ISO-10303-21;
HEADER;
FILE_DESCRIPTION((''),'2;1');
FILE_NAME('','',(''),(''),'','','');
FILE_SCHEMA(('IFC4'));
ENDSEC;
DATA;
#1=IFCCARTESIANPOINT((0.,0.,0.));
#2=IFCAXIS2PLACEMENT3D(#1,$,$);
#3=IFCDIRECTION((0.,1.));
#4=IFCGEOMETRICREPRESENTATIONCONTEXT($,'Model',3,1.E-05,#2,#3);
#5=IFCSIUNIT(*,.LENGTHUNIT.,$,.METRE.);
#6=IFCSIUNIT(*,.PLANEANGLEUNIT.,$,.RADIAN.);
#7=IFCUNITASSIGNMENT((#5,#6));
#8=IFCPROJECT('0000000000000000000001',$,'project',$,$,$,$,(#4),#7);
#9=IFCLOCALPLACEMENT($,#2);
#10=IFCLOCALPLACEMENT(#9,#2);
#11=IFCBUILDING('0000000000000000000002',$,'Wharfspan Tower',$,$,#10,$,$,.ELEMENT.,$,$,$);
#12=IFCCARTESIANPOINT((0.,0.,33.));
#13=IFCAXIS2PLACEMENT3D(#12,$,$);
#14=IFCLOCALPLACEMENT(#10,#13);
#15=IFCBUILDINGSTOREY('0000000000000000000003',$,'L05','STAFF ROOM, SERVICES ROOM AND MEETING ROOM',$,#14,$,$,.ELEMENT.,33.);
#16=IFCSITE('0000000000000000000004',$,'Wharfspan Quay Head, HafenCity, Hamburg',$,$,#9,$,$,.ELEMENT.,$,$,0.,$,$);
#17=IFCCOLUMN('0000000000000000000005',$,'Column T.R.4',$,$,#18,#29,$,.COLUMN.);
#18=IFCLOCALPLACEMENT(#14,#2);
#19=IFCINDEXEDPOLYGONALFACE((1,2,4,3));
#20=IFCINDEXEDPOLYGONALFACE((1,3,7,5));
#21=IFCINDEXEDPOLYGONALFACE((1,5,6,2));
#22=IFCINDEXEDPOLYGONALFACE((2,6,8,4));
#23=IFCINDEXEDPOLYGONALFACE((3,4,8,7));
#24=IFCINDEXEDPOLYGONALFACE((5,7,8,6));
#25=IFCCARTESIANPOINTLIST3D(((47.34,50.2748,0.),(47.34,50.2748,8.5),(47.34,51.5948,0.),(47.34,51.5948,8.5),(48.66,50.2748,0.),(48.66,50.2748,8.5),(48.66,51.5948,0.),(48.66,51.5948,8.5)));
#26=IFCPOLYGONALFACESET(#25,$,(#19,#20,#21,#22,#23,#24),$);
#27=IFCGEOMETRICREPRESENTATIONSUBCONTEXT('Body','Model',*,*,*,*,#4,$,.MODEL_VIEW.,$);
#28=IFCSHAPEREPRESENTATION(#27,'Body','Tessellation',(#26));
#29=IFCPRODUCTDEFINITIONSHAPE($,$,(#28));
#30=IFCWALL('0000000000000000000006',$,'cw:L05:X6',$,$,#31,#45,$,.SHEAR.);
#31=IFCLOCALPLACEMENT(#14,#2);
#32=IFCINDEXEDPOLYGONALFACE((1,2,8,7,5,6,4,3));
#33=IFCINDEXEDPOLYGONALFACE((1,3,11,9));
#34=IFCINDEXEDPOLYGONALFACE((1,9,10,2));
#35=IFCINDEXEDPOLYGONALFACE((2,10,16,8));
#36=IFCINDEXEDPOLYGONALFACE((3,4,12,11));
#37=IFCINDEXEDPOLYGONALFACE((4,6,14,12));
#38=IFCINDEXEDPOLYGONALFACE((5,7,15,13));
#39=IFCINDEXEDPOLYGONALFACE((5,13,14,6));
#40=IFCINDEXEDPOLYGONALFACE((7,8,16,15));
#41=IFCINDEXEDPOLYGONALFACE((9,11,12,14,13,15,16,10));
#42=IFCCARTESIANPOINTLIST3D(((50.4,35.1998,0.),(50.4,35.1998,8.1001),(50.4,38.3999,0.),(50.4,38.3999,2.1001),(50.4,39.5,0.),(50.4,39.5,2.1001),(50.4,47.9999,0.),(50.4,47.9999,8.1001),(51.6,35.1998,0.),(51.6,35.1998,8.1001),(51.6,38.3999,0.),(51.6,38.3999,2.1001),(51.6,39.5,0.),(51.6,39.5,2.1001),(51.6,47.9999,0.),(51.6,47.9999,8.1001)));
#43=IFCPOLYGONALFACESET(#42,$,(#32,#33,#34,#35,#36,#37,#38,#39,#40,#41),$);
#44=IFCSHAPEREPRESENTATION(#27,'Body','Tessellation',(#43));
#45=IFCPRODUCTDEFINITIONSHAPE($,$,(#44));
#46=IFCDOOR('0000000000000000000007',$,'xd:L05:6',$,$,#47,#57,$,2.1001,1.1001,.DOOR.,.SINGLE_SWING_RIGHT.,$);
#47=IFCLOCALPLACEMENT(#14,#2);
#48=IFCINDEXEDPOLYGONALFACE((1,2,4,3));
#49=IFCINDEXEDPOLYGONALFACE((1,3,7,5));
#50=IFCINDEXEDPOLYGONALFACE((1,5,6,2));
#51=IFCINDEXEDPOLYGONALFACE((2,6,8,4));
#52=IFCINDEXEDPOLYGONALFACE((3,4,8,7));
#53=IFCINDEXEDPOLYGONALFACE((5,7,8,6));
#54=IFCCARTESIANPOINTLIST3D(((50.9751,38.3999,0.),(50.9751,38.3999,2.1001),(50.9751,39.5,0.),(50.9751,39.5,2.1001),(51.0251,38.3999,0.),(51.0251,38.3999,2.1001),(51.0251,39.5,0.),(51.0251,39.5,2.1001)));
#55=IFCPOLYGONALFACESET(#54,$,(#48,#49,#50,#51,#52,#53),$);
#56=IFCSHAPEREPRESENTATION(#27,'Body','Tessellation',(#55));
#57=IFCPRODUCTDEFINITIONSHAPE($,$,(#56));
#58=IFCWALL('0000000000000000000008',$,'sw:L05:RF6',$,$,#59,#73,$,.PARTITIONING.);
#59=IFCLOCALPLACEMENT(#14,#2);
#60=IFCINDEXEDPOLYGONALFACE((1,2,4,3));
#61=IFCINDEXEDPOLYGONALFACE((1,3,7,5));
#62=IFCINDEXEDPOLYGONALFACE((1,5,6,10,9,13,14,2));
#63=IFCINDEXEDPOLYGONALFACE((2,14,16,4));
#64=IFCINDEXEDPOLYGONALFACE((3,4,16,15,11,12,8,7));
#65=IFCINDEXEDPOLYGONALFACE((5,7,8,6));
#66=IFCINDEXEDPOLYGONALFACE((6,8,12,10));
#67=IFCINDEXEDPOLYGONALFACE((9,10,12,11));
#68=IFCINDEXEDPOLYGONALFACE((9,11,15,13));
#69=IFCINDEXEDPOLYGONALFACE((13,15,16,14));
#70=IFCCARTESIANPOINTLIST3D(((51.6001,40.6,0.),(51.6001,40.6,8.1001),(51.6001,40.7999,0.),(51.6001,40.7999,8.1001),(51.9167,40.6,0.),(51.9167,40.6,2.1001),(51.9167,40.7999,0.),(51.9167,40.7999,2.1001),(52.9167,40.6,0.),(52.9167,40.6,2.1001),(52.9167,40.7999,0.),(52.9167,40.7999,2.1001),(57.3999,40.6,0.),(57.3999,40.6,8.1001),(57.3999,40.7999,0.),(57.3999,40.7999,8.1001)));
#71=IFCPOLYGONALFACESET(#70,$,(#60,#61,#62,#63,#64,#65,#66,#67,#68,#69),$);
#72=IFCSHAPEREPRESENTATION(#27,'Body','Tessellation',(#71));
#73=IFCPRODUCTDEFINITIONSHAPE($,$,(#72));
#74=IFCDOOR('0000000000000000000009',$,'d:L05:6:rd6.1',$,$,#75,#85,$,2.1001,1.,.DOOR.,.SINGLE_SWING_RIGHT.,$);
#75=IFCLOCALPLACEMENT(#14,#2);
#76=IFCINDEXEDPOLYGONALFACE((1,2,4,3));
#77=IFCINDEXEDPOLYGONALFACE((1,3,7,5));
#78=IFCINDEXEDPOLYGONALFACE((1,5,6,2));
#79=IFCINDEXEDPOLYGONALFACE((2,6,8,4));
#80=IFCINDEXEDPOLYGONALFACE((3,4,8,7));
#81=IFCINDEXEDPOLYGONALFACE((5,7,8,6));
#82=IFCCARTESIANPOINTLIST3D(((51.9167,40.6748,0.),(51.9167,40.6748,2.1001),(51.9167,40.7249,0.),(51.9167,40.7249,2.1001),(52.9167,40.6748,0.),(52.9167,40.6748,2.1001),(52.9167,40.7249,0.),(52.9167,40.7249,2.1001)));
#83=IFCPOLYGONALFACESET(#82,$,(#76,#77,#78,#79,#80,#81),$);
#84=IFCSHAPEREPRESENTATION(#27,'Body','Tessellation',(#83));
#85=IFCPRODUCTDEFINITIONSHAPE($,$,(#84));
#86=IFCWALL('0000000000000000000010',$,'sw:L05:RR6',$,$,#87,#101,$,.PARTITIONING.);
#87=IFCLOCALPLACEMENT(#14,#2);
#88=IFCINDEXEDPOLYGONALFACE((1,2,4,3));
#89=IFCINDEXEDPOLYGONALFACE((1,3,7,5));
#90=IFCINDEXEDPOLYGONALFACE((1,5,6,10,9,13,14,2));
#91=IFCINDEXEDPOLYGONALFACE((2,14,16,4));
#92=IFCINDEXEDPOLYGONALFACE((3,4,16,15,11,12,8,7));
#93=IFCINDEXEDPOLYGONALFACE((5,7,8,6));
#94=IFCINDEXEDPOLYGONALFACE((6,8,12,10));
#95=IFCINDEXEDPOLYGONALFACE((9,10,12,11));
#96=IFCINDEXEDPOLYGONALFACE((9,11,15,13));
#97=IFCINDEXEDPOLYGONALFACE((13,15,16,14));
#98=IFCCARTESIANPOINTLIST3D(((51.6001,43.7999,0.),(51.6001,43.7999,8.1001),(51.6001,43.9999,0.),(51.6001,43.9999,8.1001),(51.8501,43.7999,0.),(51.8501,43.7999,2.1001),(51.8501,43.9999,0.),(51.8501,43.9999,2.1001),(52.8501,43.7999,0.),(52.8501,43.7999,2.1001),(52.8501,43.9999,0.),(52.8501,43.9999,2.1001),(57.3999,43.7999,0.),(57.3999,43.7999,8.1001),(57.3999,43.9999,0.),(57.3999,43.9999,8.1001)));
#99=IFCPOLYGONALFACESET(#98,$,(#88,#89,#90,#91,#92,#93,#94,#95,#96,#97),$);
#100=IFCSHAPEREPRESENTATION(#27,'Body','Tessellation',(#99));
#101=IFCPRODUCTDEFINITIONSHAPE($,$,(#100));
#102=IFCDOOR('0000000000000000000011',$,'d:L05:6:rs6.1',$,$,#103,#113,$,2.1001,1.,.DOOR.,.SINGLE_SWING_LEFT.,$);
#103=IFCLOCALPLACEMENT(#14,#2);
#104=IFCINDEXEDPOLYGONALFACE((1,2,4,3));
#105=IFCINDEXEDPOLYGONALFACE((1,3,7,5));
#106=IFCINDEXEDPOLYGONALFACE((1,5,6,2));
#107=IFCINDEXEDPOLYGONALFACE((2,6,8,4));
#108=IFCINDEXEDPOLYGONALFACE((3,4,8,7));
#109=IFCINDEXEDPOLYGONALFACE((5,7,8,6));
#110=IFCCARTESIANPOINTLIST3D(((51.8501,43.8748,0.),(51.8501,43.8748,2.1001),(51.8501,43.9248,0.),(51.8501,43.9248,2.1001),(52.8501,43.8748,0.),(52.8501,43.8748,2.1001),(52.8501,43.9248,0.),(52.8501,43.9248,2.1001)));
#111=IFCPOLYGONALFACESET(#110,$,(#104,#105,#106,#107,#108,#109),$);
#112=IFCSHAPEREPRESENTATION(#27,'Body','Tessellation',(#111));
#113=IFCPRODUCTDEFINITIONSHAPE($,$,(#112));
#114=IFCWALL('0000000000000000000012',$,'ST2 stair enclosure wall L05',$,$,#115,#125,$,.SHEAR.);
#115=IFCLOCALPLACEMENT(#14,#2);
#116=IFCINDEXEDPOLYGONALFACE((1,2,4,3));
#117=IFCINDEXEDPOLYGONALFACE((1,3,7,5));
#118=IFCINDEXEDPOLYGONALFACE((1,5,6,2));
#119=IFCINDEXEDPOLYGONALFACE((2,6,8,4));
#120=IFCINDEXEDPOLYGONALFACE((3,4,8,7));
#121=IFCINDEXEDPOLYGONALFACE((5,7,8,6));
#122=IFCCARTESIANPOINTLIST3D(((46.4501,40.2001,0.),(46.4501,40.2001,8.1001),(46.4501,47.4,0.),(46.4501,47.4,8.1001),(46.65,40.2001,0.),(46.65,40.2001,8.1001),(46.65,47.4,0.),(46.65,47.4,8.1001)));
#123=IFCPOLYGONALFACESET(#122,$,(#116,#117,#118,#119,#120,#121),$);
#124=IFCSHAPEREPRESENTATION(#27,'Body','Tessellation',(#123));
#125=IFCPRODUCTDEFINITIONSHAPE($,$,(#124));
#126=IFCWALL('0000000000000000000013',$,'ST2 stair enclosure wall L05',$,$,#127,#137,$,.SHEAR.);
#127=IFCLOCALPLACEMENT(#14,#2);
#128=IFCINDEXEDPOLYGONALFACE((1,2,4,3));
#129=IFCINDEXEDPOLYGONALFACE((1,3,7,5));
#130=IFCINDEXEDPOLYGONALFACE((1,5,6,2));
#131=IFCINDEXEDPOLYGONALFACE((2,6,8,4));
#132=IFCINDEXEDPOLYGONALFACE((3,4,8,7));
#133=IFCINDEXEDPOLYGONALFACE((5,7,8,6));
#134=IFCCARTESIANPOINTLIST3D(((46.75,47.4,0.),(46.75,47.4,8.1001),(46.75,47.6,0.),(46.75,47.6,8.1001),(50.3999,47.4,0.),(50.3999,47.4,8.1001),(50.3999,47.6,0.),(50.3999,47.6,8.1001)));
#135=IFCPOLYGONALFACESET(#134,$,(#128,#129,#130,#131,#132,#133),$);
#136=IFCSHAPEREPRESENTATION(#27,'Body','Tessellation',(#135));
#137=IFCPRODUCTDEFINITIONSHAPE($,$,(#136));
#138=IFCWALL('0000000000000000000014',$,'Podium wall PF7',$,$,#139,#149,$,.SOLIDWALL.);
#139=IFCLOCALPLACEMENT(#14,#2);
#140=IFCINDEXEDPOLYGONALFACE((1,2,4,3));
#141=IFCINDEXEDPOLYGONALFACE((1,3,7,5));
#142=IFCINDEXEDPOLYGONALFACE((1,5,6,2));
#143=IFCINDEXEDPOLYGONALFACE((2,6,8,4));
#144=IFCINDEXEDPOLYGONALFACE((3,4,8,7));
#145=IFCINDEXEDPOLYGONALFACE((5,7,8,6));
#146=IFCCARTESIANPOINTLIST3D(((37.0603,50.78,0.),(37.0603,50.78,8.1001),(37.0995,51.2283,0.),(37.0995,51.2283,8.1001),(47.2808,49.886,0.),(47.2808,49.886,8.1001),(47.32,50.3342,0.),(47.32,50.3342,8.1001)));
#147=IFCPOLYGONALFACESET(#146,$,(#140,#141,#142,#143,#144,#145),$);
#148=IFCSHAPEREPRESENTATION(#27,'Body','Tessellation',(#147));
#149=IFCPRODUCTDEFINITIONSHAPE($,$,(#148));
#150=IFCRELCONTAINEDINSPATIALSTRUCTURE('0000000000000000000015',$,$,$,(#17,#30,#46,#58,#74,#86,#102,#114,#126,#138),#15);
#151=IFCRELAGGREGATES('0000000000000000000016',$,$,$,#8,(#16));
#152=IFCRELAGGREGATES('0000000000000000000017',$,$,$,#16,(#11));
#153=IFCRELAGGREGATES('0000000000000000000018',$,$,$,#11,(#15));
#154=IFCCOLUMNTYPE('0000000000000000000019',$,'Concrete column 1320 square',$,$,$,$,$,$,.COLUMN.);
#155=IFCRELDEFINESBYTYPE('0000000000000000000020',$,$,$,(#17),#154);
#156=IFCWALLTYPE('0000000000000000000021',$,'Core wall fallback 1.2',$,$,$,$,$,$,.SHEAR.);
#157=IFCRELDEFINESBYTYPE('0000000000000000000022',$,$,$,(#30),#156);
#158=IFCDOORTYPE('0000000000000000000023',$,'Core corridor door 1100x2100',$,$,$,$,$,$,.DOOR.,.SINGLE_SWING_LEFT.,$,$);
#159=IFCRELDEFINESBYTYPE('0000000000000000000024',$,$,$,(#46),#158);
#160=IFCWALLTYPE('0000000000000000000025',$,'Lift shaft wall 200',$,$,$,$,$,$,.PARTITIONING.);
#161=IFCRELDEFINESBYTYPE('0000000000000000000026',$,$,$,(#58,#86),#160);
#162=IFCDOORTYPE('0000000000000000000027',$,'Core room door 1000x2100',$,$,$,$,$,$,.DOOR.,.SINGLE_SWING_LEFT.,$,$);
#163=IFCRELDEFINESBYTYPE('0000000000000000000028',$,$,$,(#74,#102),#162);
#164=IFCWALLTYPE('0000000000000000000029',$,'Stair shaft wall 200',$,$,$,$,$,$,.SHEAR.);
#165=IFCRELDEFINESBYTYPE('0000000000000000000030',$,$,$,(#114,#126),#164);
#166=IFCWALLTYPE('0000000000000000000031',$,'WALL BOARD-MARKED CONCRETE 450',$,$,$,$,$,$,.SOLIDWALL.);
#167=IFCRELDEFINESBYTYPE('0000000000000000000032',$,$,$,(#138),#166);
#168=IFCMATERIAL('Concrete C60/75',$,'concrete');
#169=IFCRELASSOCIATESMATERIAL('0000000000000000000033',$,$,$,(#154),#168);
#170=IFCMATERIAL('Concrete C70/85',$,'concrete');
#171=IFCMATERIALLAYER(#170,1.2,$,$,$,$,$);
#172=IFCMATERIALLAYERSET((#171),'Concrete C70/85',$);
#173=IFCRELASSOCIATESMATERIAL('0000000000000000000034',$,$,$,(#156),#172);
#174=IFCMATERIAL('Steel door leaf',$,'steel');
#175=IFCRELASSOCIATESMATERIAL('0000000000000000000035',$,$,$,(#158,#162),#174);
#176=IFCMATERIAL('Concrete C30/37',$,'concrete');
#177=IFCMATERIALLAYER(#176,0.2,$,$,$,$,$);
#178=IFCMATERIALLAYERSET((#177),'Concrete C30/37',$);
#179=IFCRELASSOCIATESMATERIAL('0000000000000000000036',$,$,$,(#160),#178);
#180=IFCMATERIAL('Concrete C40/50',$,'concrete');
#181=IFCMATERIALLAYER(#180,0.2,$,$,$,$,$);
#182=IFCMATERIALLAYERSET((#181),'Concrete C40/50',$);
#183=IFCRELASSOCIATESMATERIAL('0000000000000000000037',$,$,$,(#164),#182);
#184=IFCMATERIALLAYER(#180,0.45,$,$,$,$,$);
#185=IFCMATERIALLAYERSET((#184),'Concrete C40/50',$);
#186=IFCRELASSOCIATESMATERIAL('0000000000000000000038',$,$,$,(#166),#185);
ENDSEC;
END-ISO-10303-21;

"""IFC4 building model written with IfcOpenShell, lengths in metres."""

from ifc_helpers import new_model, si_unit, direction, frame, frame_2d, origin, origin_2d, place, context, subcontext, project, spatial, rectangle, extrude, material, layer, layer_set, material_profile, profile_set, type_object, element, fill, save


model = new_model("IFC4")

# Units and contexts
model_context = context("Model", 3, precision=1e-05, world=origin(), true_north=direction((0.0, 1.0)))
body_context = subcontext(model_context, "Body", "Model", "MODEL_VIEW")
ifc_project = project(units=[si_unit("LENGTHUNIT", "METRE"), si_unit("PLANEANGLEUNIT", "RADIAN")], contexts=[model_context])

# Site, building, storey
site_placement = place(None, origin())
site = spatial("IfcSite", under=ifc_project, at=site_placement, Name="Wharfspan Quay Head, HafenCity, Hamburg", CompositionType="ELEMENT", RefElevation=0.0)
building_placement = place(site_placement, origin())
building = spatial("IfcBuilding", under=site, at=building_placement, Name="Wharfspan Tower", CompositionType="ELEMENT")
storey_placement = place(building_placement, frame((0.0, 0.0, 33.0)))
storey = spatial("IfcBuildingStorey", under=building, at=storey_placement, Name="L05", Description="STAFF ROOM, SERVICES ROOM AND MEETING ROOM", CompositionType="ELEMENT", Elevation=33.0)

# Column
ifc_material_1 = material(Name="Concrete C60/75", Category="concrete")
ifc_material_profile = material_profile(ifc_material_1, rectangle(XDim=1.3201, YDim=1.3201, at=origin_2d()))
ifc_profile_set = profile_set([ifc_material_profile], Name="Concrete C60/75")
column_type = type_object("IfcColumnType", Name="Concrete column 1320 square", PredefinedType="COLUMN", material=ifc_profile_set)
column_placement = place(storey_placement, frame((48.0, 50.9348, 0.0), z_axis=(0.0, 0.0, 1.0), x_axis=(1.0, 0.0, 0.0)))
element("IfcColumn", 1, at=column_placement, inside=storey, type_object=column_type, Name="Column T.R.4", PredefinedType="COLUMN", context=body_context, shape_type="SweptSolid", body=[
    extrude(rectangle(XDim=1.3201, YDim=1.3201, at=origin_2d()), origin(), (0.0, 0.0, 1.0), 8.5),
])

# Walls, openings, doors
ifc_material_2 = material(Name="Concrete C70/85", Category="concrete")
ifc_layer_1 = layer(ifc_material_2, 1.2)
ifc_layer_set_1 = layer_set([ifc_layer_1], Name="Concrete C70/85")
wall_type_1 = type_object("IfcWallType", Name="Core wall fallback 1.2", PredefinedType="SHEAR", material=ifc_layer_set_1)
wall_1_placement = place(storey_placement, frame((51.0, 35.2, 0.0), z_axis=(0.0, 0.0, 1.0), x_axis=(0.0, 1.0, 0.0)))
wall_1 = element("IfcWall", 2, at=wall_1_placement, inside=storey, type_object=wall_type_1, Name="cw:L05:X6", PredefinedType="SHEAR", context=body_context, shape_type="SweptSolid", body=[
    extrude(rectangle(XDim=12.8, YDim=1.2, at=frame_2d((6.3999, 0.0))), origin(), (0.0, 0.0, 1.0), 8.1001),
])
opening_1_placement = place(wall_1_placement, frame((3.2, 0.0, 0.0)))
opening_1 = element("IfcOpeningElement", 3, at=opening_1_placement, cuts=wall_1, PredefinedType="OPENING", context=body_context, shape_type="SweptSolid", body=[
    extrude(rectangle(XDim=1.1001, YDim=2.1001, at=frame_2d((0.55, 1.05))), frame((0.0, 0.6099, 0.0), z_axis=(0.0, -1.0, 0.0), x_axis=(1.0, 0.0, 0.0)), (0.0, 0.0, 1.0), 1.22),
])
ifc_material_3 = material(Name="Steel door leaf", Category="steel")
door_type_1 = type_object("IfcDoorType", Name="Core corridor door 1100x2100", OperationType="SINGLE_SWING_LEFT", PredefinedType="DOOR", material=ifc_material_3)
door_1_placement = place(opening_1_placement, origin())
door_1 = element("IfcDoor", 4, at=door_1_placement, inside=storey, type_object=door_type_1, Name="xd:L05:6", OperationType="SINGLE_SWING_RIGHT", OverallHeight=2.1001, OverallWidth=1.1001, PredefinedType="DOOR", context=body_context, shape_type="SweptSolid", body=[
    extrude(rectangle(XDim=1.1001, YDim=2.1001, at=frame_2d((0.55, 1.05))), frame((0.0, 0.0249, 0.0), z_axis=(0.0, -1.0, 0.0), x_axis=(1.0, 0.0, 0.0)), (0.0, 0.0, 1.0), 0.05),
])
fill(opening_1, door_1)
ifc_material_4 = material(Name="Concrete C30/37", Category="concrete")
ifc_layer_2 = layer(ifc_material_4, 0.2)
ifc_layer_set_2 = layer_set([ifc_layer_2], Name="Concrete C30/37")
wall_type_2 = type_object("IfcWallType", Name="Lift shaft wall 200", PredefinedType="PARTITIONING", material=ifc_layer_set_2)
wall_2_placement = place(storey_placement, frame((51.6001, 40.7, 0.0), z_axis=(0.0, 0.0, 1.0), x_axis=(1.0, 0.0, 0.0)))
wall_2 = element("IfcWall", 5, at=wall_2_placement, inside=storey, type_object=wall_type_2, Name="sw:L05:RF6", PredefinedType="PARTITIONING", context=body_context, shape_type="SweptSolid", body=[
    extrude(rectangle(XDim=5.7998, YDim=0.2, at=frame_2d((2.8999, 0.0))), origin(), (0.0, 0.0, 1.0), 8.1001),
])
opening_2_placement = place(wall_2_placement, frame((0.3166, 0.0, 0.0)))
opening_2 = element("IfcOpeningElement", 6, at=opening_2_placement, cuts=wall_2, PredefinedType="OPENING", context=body_context, shape_type="SweptSolid", body=[
    extrude(rectangle(XDim=1.0, YDim=2.1001, at=frame_2d((0.5, 1.05))), frame((0.0, 0.1099, 0.0), z_axis=(0.0, -1.0, 0.0), x_axis=(1.0, 0.0, 0.0)), (0.0, 0.0, 1.0), 0.22),
])
door_type_2 = type_object("IfcDoorType", Name="Core room door 1000x2100", OperationType="SINGLE_SWING_LEFT", PredefinedType="DOOR", material=ifc_material_3)
door_2_placement = place(opening_2_placement, origin())
door_2 = element("IfcDoor", 7, at=door_2_placement, inside=storey, type_object=door_type_2, Name="d:L05:6:rd6.1", OperationType="SINGLE_SWING_RIGHT", OverallHeight=2.1001, OverallWidth=1.0, PredefinedType="DOOR", context=body_context, shape_type="SweptSolid", body=[
    extrude(rectangle(XDim=1.0, YDim=2.1001, at=frame_2d((0.5, 1.05))), frame((0.0, 0.0249, 0.0), z_axis=(0.0, -1.0, 0.0), x_axis=(1.0, 0.0, 0.0)), (0.0, 0.0, 1.0), 0.05),
])
fill(opening_2, door_2)
wall_3_placement = place(storey_placement, frame((51.6001, 43.8999, 0.0), z_axis=(0.0, 0.0, 1.0), x_axis=(1.0, 0.0, 0.0)))
wall_3 = element("IfcWall", 8, at=wall_3_placement, inside=storey, type_object=wall_type_2, Name="sw:L05:RR6", PredefinedType="PARTITIONING", context=body_context, shape_type="SweptSolid", body=[
    extrude(rectangle(XDim=5.7998, YDim=0.2, at=frame_2d((2.8999, 0.0))), origin(), (0.0, 0.0, 1.0), 8.1001),
])
opening_3_placement = place(wall_3_placement, frame((0.25, 0.0, 0.0)))
opening_3 = element("IfcOpeningElement", 9, at=opening_3_placement, cuts=wall_3, PredefinedType="OPENING", context=body_context, shape_type="SweptSolid", body=[
    extrude(rectangle(XDim=1.0, YDim=2.1001, at=frame_2d((0.5, 1.05))), frame((0.0, 0.1099, 0.0), z_axis=(0.0, -1.0, 0.0), x_axis=(1.0, 0.0, 0.0)), (0.0, 0.0, 1.0), 0.22),
])
door_3_placement = place(opening_3_placement, origin())
door_3 = element("IfcDoor", 10, at=door_3_placement, inside=storey, type_object=door_type_2, Name="d:L05:6:rs6.1", OperationType="SINGLE_SWING_LEFT", OverallHeight=2.1001, OverallWidth=1.0, PredefinedType="DOOR", context=body_context, shape_type="SweptSolid", body=[
    extrude(rectangle(XDim=1.0, YDim=2.1001, at=frame_2d((0.5, 1.05))), frame((0.0, 0.0249, 0.0), z_axis=(0.0, -1.0, 0.0), x_axis=(1.0, 0.0, 0.0)), (0.0, 0.0, 1.0), 0.05),
])
fill(opening_3, door_3)

# Walls
ifc_material_5 = material(Name="Concrete C40/50", Category="concrete")
ifc_layer_3 = layer(ifc_material_5, 0.2)
ifc_layer_set_3 = layer_set([ifc_layer_3], Name="Concrete C40/50")
wall_type_3 = type_object("IfcWallType", Name="Stair shaft wall 200", PredefinedType="SHEAR", material=ifc_layer_set_3)
wall_4_placement = place(storey_placement, frame((46.55, 40.2, 0.0), z_axis=(0.0, 0.0, 1.0), x_axis=(0.0, 1.0, 0.0)))
element("IfcWall", 11, at=wall_4_placement, inside=storey, type_object=wall_type_3, Name="ST2 stair enclosure wall L05", PredefinedType="SHEAR", context=body_context, shape_type="SweptSolid", body=[
    extrude(rectangle(XDim=7.2, YDim=0.2, at=frame_2d((3.6001, 0.0))), origin(), (0.0, 0.0, 1.0), 8.1001),
])
wall_5_placement = place(storey_placement, frame((46.75, 47.5, 0.0), z_axis=(0.0, 0.0, 1.0), x_axis=(1.0, 0.0, 0.0)))
element("IfcWall", 12, at=wall_5_placement, inside=storey, type_object=wall_type_3, Name="ST2 stair enclosure wall L05", PredefinedType="SHEAR", context=body_context, shape_type="SweptSolid", body=[
    extrude(rectangle(XDim=3.6499, YDim=0.2, at=frame_2d((1.825, 0.0))), origin(), (0.0, 0.0, 1.0), 8.1001),
])
ifc_layer_4 = layer(ifc_material_5, 0.45)
ifc_layer_set_4 = layer_set([ifc_layer_4], Name="Concrete C40/50")
wall_type_4 = type_object("IfcWallType", Name="WALL BOARD-MARKED CONCRETE 450", PredefinedType="SOLIDWALL", material=ifc_layer_set_4)
wall_6_placement = place(storey_placement, frame((47.3005, 50.1101, 0.0), z_axis=(0.0, 0.0, 1.0), x_axis=(-0.996195, 0.087143, 0.0)))
element("IfcWall", 13, at=wall_6_placement, inside=storey, type_object=wall_type_4, Name="Podium wall PF7", PredefinedType="SOLIDWALL", context=body_context, shape_type="SweptSolid", body=[
    extrude(rectangle(XDim=10.2595, YDim=0.45, at=frame_2d((5.1299, 0.0))), origin(), (0.0, 0.0, 1.0), 8.1001),
])

save(model, "model.ifc")
